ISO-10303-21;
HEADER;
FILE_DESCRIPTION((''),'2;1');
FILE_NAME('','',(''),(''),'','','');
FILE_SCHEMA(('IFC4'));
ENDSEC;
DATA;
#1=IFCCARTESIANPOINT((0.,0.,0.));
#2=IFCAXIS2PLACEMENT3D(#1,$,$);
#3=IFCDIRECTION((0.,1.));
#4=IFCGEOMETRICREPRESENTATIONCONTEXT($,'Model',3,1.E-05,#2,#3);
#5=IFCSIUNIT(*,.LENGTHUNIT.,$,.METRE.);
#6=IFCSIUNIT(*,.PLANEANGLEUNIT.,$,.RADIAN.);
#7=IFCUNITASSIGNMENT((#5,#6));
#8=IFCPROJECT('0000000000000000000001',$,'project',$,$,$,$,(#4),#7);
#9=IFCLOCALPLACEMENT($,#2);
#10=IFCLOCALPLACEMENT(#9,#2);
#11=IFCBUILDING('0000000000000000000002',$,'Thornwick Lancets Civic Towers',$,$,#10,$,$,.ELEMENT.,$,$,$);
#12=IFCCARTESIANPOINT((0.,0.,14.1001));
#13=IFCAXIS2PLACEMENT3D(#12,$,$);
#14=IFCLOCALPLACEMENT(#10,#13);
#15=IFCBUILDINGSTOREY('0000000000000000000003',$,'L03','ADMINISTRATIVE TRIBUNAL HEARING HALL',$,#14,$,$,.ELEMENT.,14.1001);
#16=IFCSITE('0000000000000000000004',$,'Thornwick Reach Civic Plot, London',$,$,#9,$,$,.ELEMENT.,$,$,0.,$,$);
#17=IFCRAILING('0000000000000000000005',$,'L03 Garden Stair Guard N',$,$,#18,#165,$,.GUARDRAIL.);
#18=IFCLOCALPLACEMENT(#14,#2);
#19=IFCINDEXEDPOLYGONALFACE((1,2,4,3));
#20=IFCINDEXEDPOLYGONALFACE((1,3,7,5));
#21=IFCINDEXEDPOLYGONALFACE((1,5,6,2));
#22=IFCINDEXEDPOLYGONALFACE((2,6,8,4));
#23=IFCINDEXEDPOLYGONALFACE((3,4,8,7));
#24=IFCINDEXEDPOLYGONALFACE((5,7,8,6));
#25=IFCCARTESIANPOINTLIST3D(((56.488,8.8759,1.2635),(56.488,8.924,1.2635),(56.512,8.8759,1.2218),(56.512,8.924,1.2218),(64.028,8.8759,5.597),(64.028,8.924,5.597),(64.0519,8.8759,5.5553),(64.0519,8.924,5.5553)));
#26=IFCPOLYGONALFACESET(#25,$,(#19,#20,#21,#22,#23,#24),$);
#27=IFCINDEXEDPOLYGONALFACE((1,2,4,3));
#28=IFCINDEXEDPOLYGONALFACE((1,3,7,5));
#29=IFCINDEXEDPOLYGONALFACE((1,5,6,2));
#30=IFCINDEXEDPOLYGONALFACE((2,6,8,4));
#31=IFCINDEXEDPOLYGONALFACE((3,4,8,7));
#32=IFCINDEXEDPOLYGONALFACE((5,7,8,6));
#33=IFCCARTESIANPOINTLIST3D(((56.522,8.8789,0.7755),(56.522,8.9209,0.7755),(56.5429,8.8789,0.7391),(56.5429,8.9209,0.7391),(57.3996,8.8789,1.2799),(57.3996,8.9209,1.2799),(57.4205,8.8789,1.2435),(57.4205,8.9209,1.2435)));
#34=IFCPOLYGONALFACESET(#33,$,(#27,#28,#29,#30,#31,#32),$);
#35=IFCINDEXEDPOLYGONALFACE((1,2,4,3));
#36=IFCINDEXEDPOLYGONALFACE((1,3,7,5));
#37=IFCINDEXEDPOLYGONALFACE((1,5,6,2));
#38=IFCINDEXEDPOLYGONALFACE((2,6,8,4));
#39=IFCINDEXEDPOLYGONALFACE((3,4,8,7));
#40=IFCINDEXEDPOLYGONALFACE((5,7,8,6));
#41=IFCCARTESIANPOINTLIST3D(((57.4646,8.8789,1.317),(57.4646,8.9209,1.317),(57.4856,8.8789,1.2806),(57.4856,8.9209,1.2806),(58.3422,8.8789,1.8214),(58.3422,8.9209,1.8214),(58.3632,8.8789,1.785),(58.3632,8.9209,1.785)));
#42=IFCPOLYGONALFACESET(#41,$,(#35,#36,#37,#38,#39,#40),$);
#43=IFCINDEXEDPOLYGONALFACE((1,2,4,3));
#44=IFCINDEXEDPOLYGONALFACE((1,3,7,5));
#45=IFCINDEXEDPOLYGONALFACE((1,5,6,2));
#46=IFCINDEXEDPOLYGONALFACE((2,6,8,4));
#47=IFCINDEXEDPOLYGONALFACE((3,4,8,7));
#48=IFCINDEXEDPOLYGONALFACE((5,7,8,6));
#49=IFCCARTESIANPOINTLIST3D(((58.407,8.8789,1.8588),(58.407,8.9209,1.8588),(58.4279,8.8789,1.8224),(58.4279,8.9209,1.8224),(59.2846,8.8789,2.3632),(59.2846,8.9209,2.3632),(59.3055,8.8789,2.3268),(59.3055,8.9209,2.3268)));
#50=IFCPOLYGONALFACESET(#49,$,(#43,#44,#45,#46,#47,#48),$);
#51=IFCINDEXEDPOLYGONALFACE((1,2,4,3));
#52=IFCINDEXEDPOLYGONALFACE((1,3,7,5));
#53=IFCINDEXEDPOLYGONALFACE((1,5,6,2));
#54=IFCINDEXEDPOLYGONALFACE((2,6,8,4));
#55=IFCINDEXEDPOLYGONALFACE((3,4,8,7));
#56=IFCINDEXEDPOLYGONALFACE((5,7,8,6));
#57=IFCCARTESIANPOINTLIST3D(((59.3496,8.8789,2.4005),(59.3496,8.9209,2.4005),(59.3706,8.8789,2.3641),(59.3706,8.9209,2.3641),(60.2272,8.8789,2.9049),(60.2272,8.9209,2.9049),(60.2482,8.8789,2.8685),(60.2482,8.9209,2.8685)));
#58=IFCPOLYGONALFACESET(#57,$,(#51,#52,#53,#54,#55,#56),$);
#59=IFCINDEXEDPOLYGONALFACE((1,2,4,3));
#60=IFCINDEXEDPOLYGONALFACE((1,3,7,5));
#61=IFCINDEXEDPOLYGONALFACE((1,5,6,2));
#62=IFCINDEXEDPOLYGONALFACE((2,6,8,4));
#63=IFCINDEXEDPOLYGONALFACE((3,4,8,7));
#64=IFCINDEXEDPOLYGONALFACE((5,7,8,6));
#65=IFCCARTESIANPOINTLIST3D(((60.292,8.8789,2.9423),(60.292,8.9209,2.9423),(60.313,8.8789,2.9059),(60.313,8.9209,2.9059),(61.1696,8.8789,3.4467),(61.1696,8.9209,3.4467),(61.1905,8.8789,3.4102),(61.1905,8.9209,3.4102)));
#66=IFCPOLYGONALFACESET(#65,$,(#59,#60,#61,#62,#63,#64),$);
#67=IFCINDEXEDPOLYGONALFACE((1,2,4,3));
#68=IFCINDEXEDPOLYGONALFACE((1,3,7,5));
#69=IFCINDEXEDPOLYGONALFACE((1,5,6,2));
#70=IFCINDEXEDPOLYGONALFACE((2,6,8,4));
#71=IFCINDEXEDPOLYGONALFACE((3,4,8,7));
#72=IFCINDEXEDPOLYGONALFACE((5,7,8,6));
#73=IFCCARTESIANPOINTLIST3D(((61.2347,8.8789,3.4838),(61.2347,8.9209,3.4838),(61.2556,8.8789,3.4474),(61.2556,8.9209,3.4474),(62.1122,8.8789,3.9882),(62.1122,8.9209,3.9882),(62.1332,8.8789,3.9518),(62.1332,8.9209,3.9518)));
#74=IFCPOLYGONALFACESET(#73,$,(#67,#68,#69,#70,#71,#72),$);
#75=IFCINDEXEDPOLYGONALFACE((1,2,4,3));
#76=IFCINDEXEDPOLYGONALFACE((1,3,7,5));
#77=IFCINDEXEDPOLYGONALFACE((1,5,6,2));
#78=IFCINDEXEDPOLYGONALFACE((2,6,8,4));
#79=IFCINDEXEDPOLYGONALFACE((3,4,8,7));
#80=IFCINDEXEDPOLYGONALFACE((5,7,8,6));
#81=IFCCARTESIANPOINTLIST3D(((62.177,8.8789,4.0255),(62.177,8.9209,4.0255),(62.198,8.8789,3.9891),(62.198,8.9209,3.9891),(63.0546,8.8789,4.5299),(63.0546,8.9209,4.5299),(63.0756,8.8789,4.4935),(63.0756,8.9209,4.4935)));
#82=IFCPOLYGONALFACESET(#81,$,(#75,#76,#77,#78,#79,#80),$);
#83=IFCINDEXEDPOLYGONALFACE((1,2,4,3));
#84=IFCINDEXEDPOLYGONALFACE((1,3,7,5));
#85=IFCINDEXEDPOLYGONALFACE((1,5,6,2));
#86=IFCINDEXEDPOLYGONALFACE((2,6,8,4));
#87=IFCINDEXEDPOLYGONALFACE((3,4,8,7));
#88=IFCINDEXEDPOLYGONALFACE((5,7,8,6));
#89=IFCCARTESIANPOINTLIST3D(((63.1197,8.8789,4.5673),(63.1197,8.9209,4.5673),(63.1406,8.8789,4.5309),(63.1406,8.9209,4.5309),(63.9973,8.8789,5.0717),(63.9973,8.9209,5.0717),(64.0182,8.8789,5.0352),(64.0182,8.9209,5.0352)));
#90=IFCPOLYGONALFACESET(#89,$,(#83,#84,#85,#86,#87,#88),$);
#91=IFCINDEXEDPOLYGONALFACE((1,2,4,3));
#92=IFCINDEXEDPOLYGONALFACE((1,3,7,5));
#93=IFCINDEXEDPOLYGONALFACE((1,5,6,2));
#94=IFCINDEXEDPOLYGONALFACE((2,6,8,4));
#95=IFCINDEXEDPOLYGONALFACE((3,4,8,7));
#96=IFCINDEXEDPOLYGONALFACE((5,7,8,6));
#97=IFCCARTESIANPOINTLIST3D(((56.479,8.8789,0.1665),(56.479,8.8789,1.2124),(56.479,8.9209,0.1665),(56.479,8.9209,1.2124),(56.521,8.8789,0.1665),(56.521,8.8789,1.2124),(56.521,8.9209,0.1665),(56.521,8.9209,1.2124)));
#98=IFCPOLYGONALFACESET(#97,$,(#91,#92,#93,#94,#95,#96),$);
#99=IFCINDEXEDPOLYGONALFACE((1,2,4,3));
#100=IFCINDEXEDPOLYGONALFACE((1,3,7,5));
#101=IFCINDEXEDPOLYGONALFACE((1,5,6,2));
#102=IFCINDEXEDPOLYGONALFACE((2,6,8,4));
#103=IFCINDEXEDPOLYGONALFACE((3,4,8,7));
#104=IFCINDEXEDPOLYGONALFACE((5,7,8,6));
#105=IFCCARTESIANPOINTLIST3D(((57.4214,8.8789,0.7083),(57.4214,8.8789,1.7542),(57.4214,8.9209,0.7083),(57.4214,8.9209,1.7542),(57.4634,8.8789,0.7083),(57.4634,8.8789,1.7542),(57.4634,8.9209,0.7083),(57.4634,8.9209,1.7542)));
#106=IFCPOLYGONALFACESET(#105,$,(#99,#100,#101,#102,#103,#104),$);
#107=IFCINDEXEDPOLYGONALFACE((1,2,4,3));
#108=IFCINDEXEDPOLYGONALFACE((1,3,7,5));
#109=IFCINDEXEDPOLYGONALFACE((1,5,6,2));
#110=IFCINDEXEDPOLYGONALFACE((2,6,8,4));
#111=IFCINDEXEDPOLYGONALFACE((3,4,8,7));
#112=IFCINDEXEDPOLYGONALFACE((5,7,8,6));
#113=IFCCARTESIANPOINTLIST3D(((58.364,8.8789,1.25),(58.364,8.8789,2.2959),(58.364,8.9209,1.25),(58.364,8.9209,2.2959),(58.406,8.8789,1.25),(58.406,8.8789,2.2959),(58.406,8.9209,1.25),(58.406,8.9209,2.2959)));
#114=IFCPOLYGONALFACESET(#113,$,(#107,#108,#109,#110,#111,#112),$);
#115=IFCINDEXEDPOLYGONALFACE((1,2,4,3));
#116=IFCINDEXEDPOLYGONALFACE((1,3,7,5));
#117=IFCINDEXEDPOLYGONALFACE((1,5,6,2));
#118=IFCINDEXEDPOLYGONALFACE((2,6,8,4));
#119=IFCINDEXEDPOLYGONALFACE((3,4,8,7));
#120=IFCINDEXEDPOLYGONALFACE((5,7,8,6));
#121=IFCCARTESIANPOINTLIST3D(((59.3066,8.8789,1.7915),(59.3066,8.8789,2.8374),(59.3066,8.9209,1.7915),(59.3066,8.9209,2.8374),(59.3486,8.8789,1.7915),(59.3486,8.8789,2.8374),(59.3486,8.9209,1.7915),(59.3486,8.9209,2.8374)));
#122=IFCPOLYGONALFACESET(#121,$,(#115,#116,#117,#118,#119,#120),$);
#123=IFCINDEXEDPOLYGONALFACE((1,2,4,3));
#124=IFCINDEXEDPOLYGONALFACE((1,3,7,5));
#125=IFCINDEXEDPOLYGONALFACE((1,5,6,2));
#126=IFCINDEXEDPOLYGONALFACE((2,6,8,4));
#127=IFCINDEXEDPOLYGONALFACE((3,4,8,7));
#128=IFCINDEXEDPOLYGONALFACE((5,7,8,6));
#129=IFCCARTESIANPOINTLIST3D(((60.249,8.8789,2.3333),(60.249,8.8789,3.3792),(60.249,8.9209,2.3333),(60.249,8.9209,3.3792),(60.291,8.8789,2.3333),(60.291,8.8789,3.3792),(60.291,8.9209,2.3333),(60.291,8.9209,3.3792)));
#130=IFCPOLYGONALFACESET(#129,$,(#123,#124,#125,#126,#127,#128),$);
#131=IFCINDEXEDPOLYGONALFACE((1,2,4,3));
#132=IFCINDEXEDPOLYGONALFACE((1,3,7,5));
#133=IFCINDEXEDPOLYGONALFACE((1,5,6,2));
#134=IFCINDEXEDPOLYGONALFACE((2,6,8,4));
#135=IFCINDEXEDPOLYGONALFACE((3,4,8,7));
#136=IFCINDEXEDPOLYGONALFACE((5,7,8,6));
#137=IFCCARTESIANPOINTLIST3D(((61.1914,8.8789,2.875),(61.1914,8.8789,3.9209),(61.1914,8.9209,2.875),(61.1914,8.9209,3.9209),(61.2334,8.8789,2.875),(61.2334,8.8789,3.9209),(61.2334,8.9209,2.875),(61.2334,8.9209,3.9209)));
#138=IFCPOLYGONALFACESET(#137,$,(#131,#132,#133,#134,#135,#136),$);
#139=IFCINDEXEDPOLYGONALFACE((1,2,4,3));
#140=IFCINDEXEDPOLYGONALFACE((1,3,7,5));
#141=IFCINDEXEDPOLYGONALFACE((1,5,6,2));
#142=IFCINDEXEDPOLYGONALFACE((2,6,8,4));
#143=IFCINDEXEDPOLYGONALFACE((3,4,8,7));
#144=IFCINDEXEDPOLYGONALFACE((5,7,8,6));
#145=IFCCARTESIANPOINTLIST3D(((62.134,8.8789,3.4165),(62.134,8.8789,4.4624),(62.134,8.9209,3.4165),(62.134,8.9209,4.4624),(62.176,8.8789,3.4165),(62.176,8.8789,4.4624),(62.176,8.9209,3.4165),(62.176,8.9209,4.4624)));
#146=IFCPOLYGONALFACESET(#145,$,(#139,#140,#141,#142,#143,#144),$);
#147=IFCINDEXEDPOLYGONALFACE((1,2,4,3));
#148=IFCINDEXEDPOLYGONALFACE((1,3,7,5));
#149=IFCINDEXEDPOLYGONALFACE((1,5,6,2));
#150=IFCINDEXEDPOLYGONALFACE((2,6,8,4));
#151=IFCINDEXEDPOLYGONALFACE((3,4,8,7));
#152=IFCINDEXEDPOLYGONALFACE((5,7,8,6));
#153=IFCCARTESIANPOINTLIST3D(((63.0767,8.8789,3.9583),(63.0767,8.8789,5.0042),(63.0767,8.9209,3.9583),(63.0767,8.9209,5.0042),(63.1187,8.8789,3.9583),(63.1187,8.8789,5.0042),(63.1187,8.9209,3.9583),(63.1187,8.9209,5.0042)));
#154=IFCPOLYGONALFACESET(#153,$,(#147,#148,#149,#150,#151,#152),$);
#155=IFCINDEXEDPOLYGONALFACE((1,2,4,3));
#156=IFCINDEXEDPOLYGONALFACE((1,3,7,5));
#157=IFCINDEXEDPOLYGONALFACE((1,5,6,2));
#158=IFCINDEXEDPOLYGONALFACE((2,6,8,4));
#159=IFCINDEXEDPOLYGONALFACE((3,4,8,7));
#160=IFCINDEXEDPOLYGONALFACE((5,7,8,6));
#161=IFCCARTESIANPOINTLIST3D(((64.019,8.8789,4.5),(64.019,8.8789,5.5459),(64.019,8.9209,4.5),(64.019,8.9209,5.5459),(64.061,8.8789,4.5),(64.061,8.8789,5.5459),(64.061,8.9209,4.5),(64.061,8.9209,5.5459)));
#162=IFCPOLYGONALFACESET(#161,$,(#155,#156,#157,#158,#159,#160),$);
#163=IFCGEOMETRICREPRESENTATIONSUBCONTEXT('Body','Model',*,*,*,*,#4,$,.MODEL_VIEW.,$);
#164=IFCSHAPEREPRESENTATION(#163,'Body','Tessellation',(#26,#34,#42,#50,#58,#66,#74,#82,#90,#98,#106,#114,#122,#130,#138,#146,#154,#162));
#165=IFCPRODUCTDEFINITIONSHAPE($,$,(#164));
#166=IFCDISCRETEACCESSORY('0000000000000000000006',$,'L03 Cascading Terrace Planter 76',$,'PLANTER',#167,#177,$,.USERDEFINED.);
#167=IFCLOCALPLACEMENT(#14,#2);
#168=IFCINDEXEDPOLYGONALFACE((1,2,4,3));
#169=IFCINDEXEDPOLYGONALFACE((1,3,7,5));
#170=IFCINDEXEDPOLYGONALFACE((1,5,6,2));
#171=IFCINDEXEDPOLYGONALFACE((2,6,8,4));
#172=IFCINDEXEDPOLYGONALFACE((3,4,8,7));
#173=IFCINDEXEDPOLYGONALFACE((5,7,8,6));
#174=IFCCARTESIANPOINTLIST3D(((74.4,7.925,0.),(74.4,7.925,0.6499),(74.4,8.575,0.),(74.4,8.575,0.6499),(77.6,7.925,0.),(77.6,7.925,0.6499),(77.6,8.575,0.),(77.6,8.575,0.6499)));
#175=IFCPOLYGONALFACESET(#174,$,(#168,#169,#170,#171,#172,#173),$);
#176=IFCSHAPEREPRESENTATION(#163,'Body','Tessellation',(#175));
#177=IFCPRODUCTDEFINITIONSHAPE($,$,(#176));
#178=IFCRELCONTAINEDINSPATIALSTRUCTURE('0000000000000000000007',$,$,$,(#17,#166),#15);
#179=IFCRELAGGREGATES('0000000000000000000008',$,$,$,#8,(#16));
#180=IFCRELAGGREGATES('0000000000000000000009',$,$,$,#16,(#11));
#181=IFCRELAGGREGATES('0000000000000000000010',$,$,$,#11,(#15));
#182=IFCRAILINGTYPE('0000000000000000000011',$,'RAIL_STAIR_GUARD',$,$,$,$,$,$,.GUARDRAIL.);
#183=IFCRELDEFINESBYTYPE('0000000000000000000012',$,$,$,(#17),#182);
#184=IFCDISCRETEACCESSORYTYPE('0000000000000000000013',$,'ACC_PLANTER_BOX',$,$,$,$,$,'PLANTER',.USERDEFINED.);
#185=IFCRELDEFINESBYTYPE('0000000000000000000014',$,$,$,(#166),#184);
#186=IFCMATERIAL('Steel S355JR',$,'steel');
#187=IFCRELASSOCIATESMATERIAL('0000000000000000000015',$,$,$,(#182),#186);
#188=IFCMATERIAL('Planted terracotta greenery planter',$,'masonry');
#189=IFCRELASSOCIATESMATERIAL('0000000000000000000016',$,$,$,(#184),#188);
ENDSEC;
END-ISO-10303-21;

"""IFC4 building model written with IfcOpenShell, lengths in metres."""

from ifc_helpers import new_model, si_unit, direction, frame, origin, origin_2d, place, context, subcontext, project, spatial, rectangle, extrude, material, type_object, element, save


model = new_model("IFC4")

# Units and contexts
model_context = context("Model", 3, precision=1e-05, world=origin(), true_north=direction((0.0, 1.0)))
body_context = subcontext(model_context, "Body", "Model", "MODEL_VIEW")
ifc_project = project(units=[si_unit("LENGTHUNIT", "METRE"), si_unit("PLANEANGLEUNIT", "RADIAN")], contexts=[model_context])

# Site, building, storey
site_placement = place(None, origin())
site = spatial("IfcSite", under=ifc_project, at=site_placement, Name="Thornwick Reach Civic Plot, London", CompositionType="ELEMENT", RefElevation=0.0)
building_placement = place(site_placement, origin())
building = spatial("IfcBuilding", under=site, at=building_placement, Name="Thornwick Lancets Civic Towers", CompositionType="ELEMENT")
storey_placement = place(building_placement, frame((0.0, 0.0, 14.1001)))
storey = spatial("IfcBuildingStorey", under=building, at=storey_placement, Name="L03", Description="ADMINISTRATIVE TRIBUNAL HEARING HALL", CompositionType="ELEMENT", Elevation=14.1001)

# Shared definitions
ifc_material_1 = material(Name="Steel S355JR", Category="steel")

# Railing
railing_type = type_object("IfcRailingType", Name="RAIL_STAIR_GUARD", PredefinedType="GUARDRAIL", material=ifc_material_1)
railing_1_placement = place(storey_placement, frame((56.5, 8.8999, 0.1665)))
element("IfcRailing", 1, at=railing_1_placement, inside=storey, type_object=railing_type, Name="L03 Garden Stair Guard N", PredefinedType="GUARDRAIL", context=body_context, shape_type="SweptSolid", body=[
    extrude(rectangle(XDim=0.0481, YDim=0.0481, at=origin_2d()), frame((0.0, 0.0, 1.0762), z_axis=(0.867007, 0.0, 0.498296), x_axis=(0.0, 1.0, 0.0)), (0.0, 0.0, 1.0), 8.6965),
    extrude(rectangle(XDim=0.042, YDim=0.042, at=origin_2d()), frame((0.0325, 0.0, 0.5908), z_axis=(0.867007, 0.0, 0.498296), x_axis=(0.0, 1.0, 0.0)), (0.0, 0.0, 1.0), 1.0122),
    extrude(rectangle(XDim=0.042, YDim=0.042, at=origin_2d()), frame((0.9751, 0.0, 1.1323), z_axis=(0.867007, 0.0, 0.498296), x_axis=(0.0, 1.0, 0.0)), (0.0, 0.0, 1.0), 1.0122),
    extrude(rectangle(XDim=0.042, YDim=0.042, at=origin_2d()), frame((1.9175, 0.0, 1.6741), z_axis=(0.867007, 0.0, 0.498296), x_axis=(0.0, 1.0, 0.0)), (0.0, 0.0, 1.0), 1.0122),
    extrude(rectangle(XDim=0.042, YDim=0.042, at=origin_2d()), frame((2.8601, 0.0, 2.2158), z_axis=(0.867007, 0.0, 0.498296), x_axis=(0.0, 1.0, 0.0)), (0.0, 0.0, 1.0), 1.0122),
    extrude(rectangle(XDim=0.042, YDim=0.042, at=origin_2d()), frame((3.8025, 0.0, 2.7576), z_axis=(0.867007, 0.0, 0.498296), x_axis=(0.0, 1.0, 0.0)), (0.0, 0.0, 1.0), 1.0122),
    extrude(rectangle(XDim=0.042, YDim=0.042, at=origin_2d()), frame((4.7451, 0.0, 3.2991), z_axis=(0.867007, 0.0, 0.498296), x_axis=(0.0, 1.0, 0.0)), (0.0, 0.0, 1.0), 1.0122),
    extrude(rectangle(XDim=0.042, YDim=0.042, at=origin_2d()), frame((5.6875, 0.0, 3.8408), z_axis=(0.867007, 0.0, 0.498296), x_axis=(0.0, 1.0, 0.0)), (0.0, 0.0, 1.0), 1.0122),
    extrude(rectangle(XDim=0.042, YDim=0.042, at=origin_2d()), frame((6.6301, 0.0, 4.3826), z_axis=(0.867007, 0.0, 0.498296), x_axis=(0.0, 1.0, 0.0)), (0.0, 0.0, 1.0), 1.0122),
    extrude(rectangle(XDim=0.042, YDim=0.042, at=origin_2d()), origin(), (0.0, 0.0, 1.0), 1.0459),
    extrude(rectangle(XDim=0.042, YDim=0.042, at=origin_2d()), frame((0.9424, 0.0, 0.5417)), (0.0, 0.0, 1.0), 1.0459),
    extrude(rectangle(XDim=0.042, YDim=0.042, at=origin_2d()), frame((1.885, 0.0, 1.0835)), (0.0, 0.0, 1.0), 1.0459),
    extrude(rectangle(XDim=0.042, YDim=0.042, at=origin_2d()), frame((2.8276, 0.0, 1.625)), (0.0, 0.0, 1.0), 1.0459),
    extrude(rectangle(XDim=0.042, YDim=0.042, at=origin_2d()), frame((3.77, 0.0, 2.1667)), (0.0, 0.0, 1.0), 1.0459),
    extrude(rectangle(XDim=0.042, YDim=0.042, at=origin_2d()), frame((4.7124, 0.0, 2.7085)), (0.0, 0.0, 1.0), 1.0459),
    extrude(rectangle(XDim=0.042, YDim=0.042, at=origin_2d()), frame((5.655, 0.0, 3.25)), (0.0, 0.0, 1.0), 1.0459),
    extrude(rectangle(XDim=0.042, YDim=0.042, at=origin_2d()), frame((6.5977, 0.0, 3.7917)), (0.0, 0.0, 1.0), 1.0459),
    extrude(rectangle(XDim=0.042, YDim=0.042, at=origin_2d()), frame((7.54, 0.0, 4.3335)), (0.0, 0.0, 1.0), 1.0459),
])

# Discrete accessory
ifc_material_2 = material(Name="Planted terracotta greenery planter", Category="masonry")
discrete_accessory_type = type_object("IfcDiscreteAccessoryType", Name="ACC_PLANTER_BOX", ElementType="PLANTER", PredefinedType="USERDEFINED", material=ifc_material_2)
discrete_accessory_placement = place(storey_placement, frame((76.0, 8.25, 0.0), z_axis=(0.0, 0.0, 1.0), x_axis=(1.0, 0.0, 0.0)))
element("IfcDiscreteAccessory", 2, at=discrete_accessory_placement, inside=storey, type_object=discrete_accessory_type, Name="L03 Cascading Terrace Planter 76", ObjectType="PLANTER", PredefinedType="USERDEFINED", context=body_context, shape_type="SweptSolid", body=[
    extrude(rectangle(XDim=3.2, YDim=0.6499, at=origin_2d()), origin(), (0.0, 0.0, 1.0), 0.6499),
])

save(model, "model.ifc")
